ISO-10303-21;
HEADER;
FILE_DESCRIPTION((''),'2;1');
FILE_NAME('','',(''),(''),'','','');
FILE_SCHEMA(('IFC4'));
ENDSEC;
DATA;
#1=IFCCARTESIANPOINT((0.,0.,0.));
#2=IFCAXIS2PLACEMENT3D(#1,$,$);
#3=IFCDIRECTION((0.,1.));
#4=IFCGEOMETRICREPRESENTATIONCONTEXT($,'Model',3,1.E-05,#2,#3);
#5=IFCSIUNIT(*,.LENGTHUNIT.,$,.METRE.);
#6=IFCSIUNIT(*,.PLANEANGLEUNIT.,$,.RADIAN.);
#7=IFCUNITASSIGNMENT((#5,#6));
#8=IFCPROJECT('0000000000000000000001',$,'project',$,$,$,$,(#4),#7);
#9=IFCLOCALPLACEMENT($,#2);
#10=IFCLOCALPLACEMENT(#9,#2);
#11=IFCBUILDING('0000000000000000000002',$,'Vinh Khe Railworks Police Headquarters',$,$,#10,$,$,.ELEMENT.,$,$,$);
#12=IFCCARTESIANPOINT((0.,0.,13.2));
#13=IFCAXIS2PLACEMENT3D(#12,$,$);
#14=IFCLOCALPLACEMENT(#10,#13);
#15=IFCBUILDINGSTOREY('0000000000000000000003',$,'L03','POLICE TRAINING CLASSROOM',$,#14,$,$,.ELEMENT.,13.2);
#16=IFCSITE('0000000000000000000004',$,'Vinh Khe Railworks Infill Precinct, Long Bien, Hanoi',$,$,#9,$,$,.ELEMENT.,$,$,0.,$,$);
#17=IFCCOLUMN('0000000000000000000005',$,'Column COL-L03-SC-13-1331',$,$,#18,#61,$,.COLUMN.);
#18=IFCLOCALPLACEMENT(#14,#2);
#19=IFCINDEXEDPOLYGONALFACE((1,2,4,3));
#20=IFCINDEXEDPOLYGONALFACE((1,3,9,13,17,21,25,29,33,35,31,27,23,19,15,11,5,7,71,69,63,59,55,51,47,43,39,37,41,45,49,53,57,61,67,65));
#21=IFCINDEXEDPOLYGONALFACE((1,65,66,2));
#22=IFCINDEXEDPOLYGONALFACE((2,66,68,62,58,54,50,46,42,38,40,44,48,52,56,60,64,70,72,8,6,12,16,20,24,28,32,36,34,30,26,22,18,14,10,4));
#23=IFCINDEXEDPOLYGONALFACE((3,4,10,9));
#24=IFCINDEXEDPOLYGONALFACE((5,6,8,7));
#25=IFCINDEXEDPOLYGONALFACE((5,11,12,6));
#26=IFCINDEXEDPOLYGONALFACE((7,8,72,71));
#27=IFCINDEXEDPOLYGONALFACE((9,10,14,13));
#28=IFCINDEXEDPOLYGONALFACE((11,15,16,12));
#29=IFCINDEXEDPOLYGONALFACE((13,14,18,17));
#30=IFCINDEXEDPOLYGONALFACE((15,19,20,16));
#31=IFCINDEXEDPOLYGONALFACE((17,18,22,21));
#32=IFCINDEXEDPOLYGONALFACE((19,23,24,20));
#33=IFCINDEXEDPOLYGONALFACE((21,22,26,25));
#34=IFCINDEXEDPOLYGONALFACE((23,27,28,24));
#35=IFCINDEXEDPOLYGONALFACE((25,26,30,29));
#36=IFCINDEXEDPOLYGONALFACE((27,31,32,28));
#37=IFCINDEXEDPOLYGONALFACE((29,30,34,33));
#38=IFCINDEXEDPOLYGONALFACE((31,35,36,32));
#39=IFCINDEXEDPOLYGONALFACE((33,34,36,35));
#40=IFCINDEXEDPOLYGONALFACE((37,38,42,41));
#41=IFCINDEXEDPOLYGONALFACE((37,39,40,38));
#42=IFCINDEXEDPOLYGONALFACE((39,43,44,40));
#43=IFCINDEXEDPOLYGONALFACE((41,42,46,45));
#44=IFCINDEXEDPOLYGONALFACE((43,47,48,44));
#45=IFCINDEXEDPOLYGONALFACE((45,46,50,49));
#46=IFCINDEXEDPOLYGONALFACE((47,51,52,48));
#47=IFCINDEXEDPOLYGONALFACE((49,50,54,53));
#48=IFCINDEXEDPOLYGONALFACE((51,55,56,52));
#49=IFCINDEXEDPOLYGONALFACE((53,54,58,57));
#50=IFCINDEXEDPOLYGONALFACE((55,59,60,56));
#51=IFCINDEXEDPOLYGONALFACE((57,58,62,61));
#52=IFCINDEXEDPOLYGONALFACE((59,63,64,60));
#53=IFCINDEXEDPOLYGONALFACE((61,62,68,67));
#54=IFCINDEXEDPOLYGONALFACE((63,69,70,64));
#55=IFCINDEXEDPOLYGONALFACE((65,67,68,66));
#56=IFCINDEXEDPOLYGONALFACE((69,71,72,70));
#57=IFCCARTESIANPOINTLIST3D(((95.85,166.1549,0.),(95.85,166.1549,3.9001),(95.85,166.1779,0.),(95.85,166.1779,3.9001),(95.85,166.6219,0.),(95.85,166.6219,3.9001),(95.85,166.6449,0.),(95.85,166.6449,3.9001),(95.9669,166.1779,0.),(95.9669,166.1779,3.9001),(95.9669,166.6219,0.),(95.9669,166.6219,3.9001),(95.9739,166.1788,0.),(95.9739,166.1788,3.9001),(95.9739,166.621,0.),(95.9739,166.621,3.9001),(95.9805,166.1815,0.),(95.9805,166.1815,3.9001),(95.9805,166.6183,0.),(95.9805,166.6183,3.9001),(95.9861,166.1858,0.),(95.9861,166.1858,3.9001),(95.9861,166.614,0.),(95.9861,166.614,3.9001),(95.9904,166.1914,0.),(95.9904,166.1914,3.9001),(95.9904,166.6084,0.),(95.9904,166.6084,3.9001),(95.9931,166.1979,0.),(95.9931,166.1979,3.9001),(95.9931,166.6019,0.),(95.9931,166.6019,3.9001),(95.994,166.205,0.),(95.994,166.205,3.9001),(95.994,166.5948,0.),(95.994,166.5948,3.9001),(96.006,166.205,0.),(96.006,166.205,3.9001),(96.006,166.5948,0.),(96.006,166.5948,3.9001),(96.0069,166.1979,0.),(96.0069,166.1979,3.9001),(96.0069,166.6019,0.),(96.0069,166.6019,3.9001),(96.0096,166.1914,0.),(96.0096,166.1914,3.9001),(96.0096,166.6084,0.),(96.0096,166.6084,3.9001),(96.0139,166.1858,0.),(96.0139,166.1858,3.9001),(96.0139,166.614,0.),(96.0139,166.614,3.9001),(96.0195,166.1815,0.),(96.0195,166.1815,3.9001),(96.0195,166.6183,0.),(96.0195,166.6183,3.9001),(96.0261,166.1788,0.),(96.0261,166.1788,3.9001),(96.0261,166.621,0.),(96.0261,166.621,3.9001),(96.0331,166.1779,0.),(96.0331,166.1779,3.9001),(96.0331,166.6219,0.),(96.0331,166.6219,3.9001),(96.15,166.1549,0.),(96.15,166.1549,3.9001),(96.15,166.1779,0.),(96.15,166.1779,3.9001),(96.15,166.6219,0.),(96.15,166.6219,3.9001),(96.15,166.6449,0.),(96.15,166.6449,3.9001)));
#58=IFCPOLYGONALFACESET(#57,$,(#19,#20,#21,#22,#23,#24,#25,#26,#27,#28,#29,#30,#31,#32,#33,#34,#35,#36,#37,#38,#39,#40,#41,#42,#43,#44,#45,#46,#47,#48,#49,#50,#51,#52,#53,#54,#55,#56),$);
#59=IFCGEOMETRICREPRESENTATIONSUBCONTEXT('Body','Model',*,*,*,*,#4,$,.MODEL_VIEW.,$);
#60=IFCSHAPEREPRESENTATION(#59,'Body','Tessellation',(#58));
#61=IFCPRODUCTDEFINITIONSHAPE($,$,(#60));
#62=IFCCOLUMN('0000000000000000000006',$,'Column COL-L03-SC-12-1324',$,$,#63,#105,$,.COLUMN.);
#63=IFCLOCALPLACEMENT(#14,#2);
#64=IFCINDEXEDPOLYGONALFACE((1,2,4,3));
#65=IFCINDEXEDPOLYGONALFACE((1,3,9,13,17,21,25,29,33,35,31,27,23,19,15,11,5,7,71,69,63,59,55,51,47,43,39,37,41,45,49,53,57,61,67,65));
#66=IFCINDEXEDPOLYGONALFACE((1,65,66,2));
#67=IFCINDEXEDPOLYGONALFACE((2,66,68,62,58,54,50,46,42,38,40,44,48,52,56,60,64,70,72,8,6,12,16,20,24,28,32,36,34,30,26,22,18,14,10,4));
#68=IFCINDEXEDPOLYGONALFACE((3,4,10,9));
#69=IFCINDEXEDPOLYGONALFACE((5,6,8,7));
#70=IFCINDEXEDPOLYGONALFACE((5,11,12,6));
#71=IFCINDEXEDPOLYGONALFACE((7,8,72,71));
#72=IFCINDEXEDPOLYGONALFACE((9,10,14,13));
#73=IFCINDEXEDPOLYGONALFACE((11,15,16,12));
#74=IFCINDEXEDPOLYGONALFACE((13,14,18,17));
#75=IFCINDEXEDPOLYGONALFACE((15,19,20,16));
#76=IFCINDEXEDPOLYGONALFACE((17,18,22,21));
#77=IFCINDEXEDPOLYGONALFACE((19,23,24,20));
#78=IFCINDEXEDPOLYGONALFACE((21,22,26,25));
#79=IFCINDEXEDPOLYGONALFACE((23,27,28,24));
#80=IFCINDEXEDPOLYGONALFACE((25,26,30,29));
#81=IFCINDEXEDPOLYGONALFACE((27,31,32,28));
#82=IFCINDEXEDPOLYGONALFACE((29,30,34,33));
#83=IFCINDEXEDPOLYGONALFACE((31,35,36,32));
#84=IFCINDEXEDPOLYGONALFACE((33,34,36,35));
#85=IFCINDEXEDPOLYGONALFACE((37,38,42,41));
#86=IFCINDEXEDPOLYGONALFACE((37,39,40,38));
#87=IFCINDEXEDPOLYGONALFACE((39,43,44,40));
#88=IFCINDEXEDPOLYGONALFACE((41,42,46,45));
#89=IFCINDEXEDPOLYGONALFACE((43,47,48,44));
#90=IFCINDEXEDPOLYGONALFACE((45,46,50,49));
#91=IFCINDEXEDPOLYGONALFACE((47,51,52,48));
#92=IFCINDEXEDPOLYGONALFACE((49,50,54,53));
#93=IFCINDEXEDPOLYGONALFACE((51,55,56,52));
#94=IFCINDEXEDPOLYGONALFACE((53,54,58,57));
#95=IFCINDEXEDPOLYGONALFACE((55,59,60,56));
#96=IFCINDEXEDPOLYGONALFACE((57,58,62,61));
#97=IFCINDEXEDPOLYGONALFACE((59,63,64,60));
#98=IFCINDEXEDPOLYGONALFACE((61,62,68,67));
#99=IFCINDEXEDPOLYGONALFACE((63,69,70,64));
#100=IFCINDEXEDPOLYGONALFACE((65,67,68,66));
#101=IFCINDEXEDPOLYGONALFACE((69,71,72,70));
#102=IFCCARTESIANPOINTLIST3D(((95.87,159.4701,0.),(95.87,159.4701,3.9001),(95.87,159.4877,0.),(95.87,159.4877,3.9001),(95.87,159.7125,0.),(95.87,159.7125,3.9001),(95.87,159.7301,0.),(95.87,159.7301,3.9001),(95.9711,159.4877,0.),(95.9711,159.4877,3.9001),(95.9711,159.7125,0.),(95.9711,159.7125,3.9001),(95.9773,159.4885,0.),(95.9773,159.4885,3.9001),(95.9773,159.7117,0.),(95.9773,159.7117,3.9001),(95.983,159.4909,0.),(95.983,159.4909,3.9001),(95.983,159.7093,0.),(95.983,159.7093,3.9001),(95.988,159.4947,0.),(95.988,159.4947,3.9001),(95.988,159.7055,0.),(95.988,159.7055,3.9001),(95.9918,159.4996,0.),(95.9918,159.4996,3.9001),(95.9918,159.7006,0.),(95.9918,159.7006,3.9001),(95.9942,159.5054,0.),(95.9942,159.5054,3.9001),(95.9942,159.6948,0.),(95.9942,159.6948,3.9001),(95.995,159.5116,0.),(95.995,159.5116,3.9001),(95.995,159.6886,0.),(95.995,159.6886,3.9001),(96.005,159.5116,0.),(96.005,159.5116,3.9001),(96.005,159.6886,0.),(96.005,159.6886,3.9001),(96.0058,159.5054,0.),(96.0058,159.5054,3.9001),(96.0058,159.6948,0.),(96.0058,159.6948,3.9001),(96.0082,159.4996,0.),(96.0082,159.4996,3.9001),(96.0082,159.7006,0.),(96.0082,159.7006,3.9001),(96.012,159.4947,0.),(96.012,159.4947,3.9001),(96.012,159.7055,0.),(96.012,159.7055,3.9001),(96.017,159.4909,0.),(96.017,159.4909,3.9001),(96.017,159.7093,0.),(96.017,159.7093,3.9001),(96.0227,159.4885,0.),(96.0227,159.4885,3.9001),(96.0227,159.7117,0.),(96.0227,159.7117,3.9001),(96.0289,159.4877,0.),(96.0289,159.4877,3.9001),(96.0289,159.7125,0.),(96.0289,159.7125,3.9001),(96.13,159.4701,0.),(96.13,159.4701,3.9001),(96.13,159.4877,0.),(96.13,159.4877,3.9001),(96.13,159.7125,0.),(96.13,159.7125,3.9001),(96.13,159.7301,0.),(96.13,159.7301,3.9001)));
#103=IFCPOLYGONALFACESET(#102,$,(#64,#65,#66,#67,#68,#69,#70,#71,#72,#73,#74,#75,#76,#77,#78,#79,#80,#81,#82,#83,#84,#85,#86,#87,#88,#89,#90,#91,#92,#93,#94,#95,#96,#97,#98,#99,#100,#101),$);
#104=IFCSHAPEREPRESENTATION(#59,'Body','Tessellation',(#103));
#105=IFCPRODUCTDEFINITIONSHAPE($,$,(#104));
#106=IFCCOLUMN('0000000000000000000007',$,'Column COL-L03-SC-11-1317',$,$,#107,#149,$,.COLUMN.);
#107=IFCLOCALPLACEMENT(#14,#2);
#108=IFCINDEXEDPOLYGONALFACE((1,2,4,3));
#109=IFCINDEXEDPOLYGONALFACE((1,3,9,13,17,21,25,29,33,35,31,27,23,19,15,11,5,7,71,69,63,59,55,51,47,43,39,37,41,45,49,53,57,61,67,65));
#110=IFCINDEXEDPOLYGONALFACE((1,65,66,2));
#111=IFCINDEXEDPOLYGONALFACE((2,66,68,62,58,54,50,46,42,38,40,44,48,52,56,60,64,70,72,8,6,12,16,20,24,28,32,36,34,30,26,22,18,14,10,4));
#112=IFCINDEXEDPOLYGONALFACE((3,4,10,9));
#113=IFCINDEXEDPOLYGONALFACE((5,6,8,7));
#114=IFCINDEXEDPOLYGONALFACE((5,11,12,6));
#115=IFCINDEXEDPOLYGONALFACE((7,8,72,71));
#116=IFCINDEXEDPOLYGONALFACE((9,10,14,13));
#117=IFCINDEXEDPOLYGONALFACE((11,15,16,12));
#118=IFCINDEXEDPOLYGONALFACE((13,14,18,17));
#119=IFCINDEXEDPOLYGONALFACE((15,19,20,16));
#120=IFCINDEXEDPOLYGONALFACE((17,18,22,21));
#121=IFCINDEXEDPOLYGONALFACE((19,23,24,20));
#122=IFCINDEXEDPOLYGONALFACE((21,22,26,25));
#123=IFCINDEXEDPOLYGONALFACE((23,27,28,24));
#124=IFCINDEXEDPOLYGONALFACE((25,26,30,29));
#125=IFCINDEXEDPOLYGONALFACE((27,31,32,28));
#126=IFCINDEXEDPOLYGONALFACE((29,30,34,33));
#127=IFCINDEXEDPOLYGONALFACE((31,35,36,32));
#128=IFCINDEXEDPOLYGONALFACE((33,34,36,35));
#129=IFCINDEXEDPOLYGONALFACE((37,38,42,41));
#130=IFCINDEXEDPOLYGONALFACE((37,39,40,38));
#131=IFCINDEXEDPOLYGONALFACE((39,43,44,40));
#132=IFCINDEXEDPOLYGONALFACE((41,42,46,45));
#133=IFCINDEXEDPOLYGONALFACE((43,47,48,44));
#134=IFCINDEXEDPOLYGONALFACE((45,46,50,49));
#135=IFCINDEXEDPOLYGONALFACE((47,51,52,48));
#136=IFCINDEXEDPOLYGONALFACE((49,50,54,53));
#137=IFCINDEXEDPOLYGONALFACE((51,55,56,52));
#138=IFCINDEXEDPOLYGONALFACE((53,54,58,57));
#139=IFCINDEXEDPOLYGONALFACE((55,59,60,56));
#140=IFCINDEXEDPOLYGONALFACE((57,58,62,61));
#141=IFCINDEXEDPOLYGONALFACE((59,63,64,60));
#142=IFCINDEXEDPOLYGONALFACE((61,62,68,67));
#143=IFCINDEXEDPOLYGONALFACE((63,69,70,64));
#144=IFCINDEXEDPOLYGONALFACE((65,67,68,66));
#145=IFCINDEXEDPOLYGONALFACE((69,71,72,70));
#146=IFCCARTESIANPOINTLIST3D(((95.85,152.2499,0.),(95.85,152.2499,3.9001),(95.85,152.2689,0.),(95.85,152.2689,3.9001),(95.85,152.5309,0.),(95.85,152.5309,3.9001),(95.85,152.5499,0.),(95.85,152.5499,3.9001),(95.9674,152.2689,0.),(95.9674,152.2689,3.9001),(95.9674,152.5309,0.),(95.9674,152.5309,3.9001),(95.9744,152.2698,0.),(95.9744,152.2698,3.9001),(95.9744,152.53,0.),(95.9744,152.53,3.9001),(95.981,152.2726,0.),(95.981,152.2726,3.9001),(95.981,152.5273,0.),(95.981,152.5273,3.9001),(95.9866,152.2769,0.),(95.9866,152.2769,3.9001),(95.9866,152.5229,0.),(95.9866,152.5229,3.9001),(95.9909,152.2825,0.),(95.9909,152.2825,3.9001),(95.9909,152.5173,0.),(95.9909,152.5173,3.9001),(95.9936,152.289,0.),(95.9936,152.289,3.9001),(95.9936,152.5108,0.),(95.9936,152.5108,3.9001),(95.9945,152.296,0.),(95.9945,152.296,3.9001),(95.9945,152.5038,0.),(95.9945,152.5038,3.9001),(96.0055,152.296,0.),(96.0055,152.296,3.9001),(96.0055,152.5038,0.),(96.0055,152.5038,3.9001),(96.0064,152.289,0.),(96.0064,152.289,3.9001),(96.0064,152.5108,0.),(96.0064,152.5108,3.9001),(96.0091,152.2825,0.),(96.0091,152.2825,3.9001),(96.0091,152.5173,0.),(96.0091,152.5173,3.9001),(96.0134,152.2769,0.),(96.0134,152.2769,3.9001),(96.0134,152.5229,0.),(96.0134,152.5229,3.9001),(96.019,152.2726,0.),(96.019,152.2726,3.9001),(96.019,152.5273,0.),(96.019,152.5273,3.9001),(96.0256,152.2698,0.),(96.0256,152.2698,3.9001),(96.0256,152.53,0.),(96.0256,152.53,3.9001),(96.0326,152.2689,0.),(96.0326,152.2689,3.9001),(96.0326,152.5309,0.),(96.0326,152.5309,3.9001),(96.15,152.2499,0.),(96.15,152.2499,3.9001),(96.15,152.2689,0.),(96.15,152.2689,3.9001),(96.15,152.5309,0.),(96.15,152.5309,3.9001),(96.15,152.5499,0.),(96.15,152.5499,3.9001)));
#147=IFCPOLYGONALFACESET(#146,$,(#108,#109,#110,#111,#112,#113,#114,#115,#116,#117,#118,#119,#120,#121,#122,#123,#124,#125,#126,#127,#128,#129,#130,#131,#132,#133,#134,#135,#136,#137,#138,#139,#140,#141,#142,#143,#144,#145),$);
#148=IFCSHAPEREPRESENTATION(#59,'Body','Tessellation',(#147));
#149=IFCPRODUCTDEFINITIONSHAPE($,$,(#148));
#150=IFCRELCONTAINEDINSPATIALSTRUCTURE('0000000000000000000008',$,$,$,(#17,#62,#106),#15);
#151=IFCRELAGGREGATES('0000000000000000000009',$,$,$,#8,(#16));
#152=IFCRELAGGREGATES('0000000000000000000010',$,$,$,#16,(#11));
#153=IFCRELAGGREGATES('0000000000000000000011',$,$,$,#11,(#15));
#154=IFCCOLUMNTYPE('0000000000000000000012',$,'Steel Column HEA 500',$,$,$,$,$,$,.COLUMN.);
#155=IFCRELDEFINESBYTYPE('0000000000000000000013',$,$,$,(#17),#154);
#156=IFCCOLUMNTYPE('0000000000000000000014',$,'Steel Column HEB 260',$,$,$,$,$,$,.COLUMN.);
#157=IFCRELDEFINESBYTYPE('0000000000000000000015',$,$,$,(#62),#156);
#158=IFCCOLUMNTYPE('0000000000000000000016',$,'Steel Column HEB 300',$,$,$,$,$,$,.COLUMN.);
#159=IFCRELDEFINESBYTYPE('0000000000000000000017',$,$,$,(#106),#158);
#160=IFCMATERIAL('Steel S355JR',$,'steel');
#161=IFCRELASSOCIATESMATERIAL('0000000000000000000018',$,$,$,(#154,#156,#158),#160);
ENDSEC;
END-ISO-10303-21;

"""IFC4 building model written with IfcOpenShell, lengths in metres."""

from ifc_helpers import new_model, si_unit, direction, frame, origin, origin_2d, place, context, subcontext, project, spatial, i_section, extrude, material, material_profile, profile_set, type_object, element, save


model = new_model("IFC4")

# Units and contexts
model_context = context("Model", 3, precision=1e-05, world=origin(), true_north=direction((0.0, 1.0)))
body_context = subcontext(model_context, "Body", "Model", "MODEL_VIEW")
ifc_project = project(units=[si_unit("LENGTHUNIT", "METRE"), si_unit("PLANEANGLEUNIT", "RADIAN")], contexts=[model_context])

# Site, building, storey
site_placement = place(None, origin())
site = spatial("IfcSite", under=ifc_project, at=site_placement, Name="Vinh Khe Railworks Infill Precinct, Long Bien, Hanoi", CompositionType="ELEMENT", RefElevation=0.0)
building_placement = place(site_placement, origin())
building = spatial("IfcBuilding", under=site, at=building_placement, Name="Vinh Khe Railworks Police Headquarters", CompositionType="ELEMENT")
storey_placement = place(building_placement, frame((0.0, 0.0, 13.2)))
storey = spatial("IfcBuildingStorey", under=building, at=storey_placement, Name="L03", Description="POLICE TRAINING CLASSROOM", CompositionType="ELEMENT", Elevation=13.2)

# Columns
ifc_material_1 = material(Name="Steel S355JR", Category="steel")
ifc_material_profile_1 = material_profile(ifc_material_1, i_section(OverallWidth=0.3, OverallDepth=0.49, WebThickness=0.012, FlangeThickness=0.0229, FilletRadius=0.0271, at=origin_2d()), Name="HEA 500")
ifc_profile_set_1 = profile_set([ifc_material_profile_1], Name="Steel S355JR")
column_type_1 = type_object("IfcColumnType", Name="Steel Column HEA 500", PredefinedType="COLUMN", material=ifc_profile_set_1)
column_1_placement = place(storey_placement, frame((96.0, 166.3999, 0.0), z_axis=(0.0, 0.0, 1.0), x_axis=(1.0, 0.0, 0.0)))
element("IfcColumn", 1, at=column_1_placement, inside=storey, type_object=column_type_1, Name="Column COL-L03-SC-13-1331", PredefinedType="COLUMN", context=body_context, shape_type="SweptSolid", body=[
    extrude(i_section(OverallWidth=0.3, OverallDepth=0.49, WebThickness=0.012, FlangeThickness=0.0229, FilletRadius=0.0271, at=origin_2d()), origin(), (0.0, 0.0, 1.0), 3.9001),
])
ifc_material_profile_2 = material_profile(ifc_material_1, i_section(OverallWidth=0.26, OverallDepth=0.26, WebThickness=0.01, FlangeThickness=0.0176, FilletRadius=0.0239, at=origin_2d()), Name="HEB 260")
ifc_profile_set_2 = profile_set([ifc_material_profile_2], Name="Steel S355JR")
column_type_2 = type_object("IfcColumnType", Name="Steel Column HEB 260", PredefinedType="COLUMN", material=ifc_profile_set_2)
column_2_placement = place(storey_placement, frame((96.0, 159.6001, 0.0), z_axis=(0.0, 0.0, 1.0), x_axis=(1.0, 0.0, 0.0)))
element("IfcColumn", 2, at=column_2_placement, inside=storey, type_object=column_type_2, Name="Column COL-L03-SC-12-1324", PredefinedType="COLUMN", context=body_context, shape_type="SweptSolid", body=[
    extrude(i_section(OverallWidth=0.26, OverallDepth=0.26, WebThickness=0.01, FlangeThickness=0.0176, FilletRadius=0.0239, at=origin_2d()), origin(), (0.0, 0.0, 1.0), 3.9001),
])
ifc_material_profile_3 = material_profile(ifc_material_1, i_section(OverallWidth=0.3, OverallDepth=0.3, WebThickness=0.011, FlangeThickness=0.019, FilletRadius=0.0271, at=origin_2d()), Name="HEB 300")
ifc_profile_set_3 = profile_set([ifc_material_profile_3], Name="Steel S355JR")
column_type_3 = type_object("IfcColumnType", Name="Steel Column HEB 300", PredefinedType="COLUMN", material=ifc_profile_set_3)
column_3_placement = place(storey_placement, frame((96.0, 152.3999, 0.0), z_axis=(0.0, 0.0, 1.0), x_axis=(1.0, 0.0, 0.0)))
element("IfcColumn", 3, at=column_3_placement, inside=storey, type_object=column_type_3, Name="Column COL-L03-SC-11-1317", PredefinedType="COLUMN", context=body_context, shape_type="SweptSolid", body=[
    extrude(i_section(OverallWidth=0.3, OverallDepth=0.3, WebThickness=0.011, FlangeThickness=0.019, FilletRadius=0.0271, at=origin_2d()), origin(), (0.0, 0.0, 1.0), 3.9001),
])

save(model, "model.ifc")
